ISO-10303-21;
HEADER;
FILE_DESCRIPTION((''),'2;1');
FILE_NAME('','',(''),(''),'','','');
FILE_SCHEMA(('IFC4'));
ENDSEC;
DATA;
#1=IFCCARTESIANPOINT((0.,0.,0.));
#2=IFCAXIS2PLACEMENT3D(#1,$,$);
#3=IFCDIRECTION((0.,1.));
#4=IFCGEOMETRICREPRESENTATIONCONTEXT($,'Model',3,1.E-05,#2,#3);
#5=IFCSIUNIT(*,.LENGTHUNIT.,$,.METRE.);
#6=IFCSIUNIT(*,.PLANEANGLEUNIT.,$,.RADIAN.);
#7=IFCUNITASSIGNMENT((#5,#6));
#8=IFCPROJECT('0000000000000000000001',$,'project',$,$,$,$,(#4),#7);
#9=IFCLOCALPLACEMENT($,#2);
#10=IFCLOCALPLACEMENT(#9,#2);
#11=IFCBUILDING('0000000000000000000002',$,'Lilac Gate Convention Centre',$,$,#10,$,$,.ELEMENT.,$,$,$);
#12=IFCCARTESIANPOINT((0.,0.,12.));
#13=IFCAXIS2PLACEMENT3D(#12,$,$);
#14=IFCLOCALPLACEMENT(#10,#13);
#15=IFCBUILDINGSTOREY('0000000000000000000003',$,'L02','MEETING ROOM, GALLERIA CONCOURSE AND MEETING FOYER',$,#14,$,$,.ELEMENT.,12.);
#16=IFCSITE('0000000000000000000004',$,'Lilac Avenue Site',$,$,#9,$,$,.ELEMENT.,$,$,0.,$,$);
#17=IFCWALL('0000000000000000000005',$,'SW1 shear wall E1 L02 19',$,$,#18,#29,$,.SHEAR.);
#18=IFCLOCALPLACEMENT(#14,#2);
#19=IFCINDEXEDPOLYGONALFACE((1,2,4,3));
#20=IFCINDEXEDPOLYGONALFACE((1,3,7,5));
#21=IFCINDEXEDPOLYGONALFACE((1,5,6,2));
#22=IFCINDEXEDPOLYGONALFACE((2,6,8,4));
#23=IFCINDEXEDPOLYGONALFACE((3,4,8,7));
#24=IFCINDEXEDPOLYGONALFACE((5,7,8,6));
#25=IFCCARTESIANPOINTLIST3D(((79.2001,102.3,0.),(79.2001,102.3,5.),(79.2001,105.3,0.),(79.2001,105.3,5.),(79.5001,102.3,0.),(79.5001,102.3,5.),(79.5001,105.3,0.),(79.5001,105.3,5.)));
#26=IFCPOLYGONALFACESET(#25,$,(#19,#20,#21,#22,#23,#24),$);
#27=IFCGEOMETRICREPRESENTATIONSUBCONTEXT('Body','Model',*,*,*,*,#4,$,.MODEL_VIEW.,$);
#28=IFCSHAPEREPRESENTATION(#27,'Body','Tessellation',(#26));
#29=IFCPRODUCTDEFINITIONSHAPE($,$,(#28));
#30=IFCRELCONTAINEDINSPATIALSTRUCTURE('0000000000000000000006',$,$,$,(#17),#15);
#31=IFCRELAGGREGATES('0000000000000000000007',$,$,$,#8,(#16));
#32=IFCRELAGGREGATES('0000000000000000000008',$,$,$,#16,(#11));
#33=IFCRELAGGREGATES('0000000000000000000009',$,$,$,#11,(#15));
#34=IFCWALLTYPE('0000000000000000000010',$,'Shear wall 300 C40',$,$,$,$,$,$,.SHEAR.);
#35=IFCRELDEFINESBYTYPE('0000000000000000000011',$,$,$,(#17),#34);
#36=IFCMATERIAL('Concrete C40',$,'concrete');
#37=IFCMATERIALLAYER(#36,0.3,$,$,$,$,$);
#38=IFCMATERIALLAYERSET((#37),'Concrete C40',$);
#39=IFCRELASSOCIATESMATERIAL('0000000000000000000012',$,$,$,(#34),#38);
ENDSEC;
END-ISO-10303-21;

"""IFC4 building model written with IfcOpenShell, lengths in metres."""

from ifc_helpers import new_model, si_unit, direction, frame, frame_2d, origin, place, context, subcontext, project, spatial, rectangle, extrude, material, layer, layer_set, type_object, element, save


model = new_model("IFC4")

# Units and contexts
model_context = context("Model", 3, precision=1e-05, world=origin(), true_north=direction((0.0, 1.0)))
body_context = subcontext(model_context, "Body", "Model", "MODEL_VIEW")
ifc_project = project(units=[si_unit("LENGTHUNIT", "METRE"), si_unit("PLANEANGLEUNIT", "RADIAN")], contexts=[model_context])

# Site, building, storey
site_placement = place(None, origin())
site = spatial("IfcSite", under=ifc_project, at=site_placement, Name="Lilac Avenue Site", CompositionType="ELEMENT", RefElevation=0.0)
building_placement = place(site_placement, origin())
building = spatial("IfcBuilding", under=site, at=building_placement, Name="Lilac Gate Convention Centre", CompositionType="ELEMENT")
storey_placement = place(building_placement, frame((0.0, 0.0, 12.0)))
storey = spatial("IfcBuildingStorey", under=building, at=storey_placement, Name="L02", Description="MEETING ROOM, GALLERIA CONCOURSE AND MEETING FOYER", CompositionType="ELEMENT", Elevation=12.0)

# Shared definitions
ifc_material_1 = material(Name="Concrete C40", Category="concrete")

# Shared definitions
ifc_layer_1 = layer(ifc_material_1, 0.3)
ifc_layer_set_1 = layer_set([ifc_layer_1], Name="Concrete C40")
wall_type_1 = type_object("IfcWallType", Name="Shear wall 300 C40", PredefinedType="SHEAR", material=ifc_layer_set_1)

# Wall
wall_1_placement = place(storey_placement, frame((79.3501, 102.3, 0.0), z_axis=(0.0, 0.0, 1.0), x_axis=(0.0, 1.0, 0.0)))
element("IfcWall", 1, at=wall_1_placement, inside=storey, type_object=wall_type_1, Name="SW1 shear wall E1 L02 19", PredefinedType="SHEAR", context=body_context, shape_type="SweptSolid", body=[
    extrude(rectangle(XDim=3.0, YDim=0.3, at=frame_2d((1.5, 0.0))), origin(), (0.0, 0.0, 1.0), 5.0),
])

save(model, "model.ifc")
